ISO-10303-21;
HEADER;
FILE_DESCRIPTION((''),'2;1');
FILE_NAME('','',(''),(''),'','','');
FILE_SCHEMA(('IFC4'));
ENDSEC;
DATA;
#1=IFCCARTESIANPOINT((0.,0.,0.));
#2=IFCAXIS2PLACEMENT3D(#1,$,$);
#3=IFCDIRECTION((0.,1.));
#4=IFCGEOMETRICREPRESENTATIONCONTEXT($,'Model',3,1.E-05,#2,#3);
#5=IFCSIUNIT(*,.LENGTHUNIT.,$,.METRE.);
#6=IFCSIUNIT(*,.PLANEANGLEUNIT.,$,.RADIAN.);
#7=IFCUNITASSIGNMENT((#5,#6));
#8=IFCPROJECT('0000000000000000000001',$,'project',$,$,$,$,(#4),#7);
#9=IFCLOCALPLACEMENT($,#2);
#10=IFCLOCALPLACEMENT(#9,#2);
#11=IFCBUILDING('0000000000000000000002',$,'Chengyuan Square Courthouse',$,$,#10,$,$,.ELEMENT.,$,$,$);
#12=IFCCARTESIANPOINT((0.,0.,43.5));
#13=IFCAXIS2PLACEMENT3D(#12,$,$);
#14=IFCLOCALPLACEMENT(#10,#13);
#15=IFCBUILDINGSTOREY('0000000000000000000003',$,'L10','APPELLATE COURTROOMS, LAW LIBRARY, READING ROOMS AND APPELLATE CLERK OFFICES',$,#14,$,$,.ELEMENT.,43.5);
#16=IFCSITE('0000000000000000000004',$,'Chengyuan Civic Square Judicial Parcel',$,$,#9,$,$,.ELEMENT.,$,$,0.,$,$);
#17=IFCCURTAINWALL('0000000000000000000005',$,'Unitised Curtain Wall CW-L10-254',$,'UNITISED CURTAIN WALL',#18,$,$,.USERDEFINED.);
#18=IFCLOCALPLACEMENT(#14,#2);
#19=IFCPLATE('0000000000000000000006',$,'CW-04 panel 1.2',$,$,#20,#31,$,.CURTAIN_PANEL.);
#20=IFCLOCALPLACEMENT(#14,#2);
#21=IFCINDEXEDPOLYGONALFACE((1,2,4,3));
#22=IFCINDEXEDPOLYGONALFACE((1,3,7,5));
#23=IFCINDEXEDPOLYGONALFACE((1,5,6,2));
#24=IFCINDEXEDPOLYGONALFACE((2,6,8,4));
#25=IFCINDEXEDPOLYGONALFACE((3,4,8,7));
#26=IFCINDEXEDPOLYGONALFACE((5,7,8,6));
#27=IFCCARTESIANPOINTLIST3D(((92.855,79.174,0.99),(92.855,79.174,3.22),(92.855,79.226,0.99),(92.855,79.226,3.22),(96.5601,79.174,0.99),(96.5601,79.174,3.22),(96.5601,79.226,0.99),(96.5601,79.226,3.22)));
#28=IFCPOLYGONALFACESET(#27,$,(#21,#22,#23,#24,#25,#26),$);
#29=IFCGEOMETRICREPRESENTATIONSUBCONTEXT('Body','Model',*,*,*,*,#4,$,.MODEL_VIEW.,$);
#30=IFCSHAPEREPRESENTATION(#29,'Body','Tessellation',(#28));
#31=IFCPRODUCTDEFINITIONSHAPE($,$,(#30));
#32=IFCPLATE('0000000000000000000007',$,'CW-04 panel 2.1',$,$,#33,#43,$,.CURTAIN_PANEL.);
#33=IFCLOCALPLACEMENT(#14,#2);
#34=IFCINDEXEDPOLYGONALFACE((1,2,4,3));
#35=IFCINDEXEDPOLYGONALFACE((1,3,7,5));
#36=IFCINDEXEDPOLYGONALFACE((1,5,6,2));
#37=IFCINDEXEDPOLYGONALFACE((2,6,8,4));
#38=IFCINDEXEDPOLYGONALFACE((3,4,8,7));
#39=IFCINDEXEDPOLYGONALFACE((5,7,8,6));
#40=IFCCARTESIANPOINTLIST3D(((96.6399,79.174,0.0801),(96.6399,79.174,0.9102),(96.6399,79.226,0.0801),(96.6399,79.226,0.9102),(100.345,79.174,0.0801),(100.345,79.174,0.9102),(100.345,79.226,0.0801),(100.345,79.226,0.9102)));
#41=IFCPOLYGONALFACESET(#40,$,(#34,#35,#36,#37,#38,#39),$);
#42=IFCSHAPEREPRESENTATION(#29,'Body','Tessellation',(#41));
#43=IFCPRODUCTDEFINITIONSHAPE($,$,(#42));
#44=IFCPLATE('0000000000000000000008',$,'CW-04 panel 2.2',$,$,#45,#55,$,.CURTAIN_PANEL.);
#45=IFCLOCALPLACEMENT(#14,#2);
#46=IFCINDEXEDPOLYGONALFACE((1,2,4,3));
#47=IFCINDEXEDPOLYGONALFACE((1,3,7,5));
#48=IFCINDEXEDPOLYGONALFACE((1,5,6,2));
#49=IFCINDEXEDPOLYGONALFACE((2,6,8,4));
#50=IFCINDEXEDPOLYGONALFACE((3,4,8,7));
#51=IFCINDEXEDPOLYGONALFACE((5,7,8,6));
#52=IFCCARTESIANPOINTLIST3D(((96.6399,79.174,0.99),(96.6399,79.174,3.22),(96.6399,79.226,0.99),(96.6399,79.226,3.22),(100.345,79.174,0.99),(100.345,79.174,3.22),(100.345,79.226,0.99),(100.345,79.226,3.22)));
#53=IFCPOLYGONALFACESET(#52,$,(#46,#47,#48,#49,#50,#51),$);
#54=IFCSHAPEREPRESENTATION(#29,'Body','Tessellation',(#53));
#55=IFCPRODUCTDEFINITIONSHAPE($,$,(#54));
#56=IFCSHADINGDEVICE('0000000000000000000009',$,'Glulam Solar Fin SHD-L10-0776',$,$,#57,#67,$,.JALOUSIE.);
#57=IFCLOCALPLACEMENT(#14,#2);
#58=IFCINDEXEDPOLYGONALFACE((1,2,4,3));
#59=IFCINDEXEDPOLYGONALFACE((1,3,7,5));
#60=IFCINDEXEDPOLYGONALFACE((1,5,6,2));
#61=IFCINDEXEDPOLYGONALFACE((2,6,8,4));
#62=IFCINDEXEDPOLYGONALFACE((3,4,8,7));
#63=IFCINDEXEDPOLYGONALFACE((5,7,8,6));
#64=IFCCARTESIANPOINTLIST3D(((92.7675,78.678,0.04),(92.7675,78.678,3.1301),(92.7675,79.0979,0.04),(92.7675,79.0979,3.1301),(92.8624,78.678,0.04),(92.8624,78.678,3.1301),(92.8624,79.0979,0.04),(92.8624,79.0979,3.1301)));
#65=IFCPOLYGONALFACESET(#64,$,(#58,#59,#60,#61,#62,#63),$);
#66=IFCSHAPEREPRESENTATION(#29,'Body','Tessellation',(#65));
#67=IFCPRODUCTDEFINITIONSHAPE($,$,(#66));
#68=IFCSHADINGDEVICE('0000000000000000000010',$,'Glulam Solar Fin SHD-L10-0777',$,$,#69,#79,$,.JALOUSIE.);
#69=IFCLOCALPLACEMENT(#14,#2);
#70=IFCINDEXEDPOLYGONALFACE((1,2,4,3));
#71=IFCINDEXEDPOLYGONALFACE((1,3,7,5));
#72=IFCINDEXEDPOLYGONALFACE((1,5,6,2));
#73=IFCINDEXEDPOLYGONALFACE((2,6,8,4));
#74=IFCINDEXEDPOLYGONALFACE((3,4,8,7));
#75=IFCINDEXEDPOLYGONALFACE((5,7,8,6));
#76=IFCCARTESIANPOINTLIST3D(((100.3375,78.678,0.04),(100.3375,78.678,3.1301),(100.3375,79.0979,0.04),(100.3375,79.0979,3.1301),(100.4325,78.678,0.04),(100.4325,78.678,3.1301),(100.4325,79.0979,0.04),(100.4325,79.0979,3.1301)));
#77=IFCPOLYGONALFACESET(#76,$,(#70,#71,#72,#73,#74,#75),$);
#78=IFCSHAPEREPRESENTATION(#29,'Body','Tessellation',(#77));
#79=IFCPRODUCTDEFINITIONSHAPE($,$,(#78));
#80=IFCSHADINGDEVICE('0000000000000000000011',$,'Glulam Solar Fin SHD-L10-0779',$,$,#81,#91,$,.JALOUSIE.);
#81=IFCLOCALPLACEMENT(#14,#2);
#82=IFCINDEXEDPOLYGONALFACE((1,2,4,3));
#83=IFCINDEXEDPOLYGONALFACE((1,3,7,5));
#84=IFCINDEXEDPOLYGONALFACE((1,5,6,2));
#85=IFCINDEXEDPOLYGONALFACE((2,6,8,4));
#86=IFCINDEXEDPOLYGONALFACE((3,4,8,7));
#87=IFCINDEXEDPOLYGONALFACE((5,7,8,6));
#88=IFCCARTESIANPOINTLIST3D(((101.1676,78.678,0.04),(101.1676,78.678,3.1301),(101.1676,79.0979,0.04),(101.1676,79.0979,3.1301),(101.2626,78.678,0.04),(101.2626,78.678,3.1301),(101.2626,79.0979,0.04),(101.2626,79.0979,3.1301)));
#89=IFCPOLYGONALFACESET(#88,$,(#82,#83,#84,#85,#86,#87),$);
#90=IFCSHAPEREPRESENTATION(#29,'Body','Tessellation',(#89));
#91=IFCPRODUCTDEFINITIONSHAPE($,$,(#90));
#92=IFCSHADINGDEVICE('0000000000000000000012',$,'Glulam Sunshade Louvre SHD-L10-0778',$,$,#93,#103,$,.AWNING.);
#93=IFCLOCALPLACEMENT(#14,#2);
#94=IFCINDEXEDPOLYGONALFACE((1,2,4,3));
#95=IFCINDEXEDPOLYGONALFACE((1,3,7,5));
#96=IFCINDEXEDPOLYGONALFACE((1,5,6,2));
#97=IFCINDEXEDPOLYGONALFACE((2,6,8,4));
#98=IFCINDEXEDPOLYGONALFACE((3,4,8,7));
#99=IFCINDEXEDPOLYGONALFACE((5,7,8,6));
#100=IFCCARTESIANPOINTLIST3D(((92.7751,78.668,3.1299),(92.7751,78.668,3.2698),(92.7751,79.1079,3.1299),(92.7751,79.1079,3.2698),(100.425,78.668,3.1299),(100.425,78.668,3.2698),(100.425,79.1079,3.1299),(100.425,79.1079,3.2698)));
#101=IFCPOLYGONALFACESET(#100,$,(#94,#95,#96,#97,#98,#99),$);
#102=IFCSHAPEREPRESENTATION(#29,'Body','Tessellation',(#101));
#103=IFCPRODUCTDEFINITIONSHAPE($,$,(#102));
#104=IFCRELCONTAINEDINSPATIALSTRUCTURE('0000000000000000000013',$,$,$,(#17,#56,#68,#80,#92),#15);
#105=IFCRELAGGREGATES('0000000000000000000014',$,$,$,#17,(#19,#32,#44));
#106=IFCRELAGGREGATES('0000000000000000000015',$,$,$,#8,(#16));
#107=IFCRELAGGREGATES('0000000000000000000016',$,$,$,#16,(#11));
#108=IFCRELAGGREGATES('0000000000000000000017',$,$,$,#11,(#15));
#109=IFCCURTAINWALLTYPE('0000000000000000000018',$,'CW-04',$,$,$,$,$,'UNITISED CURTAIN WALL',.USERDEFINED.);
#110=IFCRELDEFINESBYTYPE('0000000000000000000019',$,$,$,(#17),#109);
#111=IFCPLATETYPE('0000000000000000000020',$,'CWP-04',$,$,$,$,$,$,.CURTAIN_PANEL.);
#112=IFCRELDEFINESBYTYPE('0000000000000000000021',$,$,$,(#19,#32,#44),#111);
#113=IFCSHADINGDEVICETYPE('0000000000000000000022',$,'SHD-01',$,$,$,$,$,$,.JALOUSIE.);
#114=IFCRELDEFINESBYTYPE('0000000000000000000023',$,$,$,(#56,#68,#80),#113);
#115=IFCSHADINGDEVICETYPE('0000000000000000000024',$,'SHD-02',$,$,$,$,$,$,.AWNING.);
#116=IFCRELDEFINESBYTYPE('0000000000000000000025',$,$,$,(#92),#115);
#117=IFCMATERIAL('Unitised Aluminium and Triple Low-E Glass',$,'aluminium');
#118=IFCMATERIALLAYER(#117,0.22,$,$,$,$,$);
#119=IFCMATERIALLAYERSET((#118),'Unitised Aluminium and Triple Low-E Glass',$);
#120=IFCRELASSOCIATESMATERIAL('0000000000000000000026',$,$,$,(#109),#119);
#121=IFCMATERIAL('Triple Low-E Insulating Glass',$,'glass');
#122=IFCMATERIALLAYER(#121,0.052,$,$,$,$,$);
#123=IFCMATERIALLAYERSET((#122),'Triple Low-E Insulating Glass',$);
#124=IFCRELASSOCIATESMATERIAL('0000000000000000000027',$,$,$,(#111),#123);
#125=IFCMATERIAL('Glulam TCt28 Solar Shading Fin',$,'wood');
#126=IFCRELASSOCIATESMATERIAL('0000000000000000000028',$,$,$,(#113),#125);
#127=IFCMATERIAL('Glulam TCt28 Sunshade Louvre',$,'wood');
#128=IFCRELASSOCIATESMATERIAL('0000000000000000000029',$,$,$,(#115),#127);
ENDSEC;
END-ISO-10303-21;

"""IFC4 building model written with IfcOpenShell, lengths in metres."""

from ifc_helpers import new_model, si_unit, direction, frame, origin, origin_2d, place, context, subcontext, project, spatial, rectangle, extrude, material, layer, layer_set, type_object, element, aggregate, save


model = new_model("IFC4")

# Units and contexts
model_context = context("Model", 3, precision=1e-05, world=origin(), true_north=direction((0.0, 1.0)))
body_context = subcontext(model_context, "Body", "Model", "MODEL_VIEW")
ifc_project = project(units=[si_unit("LENGTHUNIT", "METRE"), si_unit("PLANEANGLEUNIT", "RADIAN")], contexts=[model_context])

# Site, building, storey
site_placement = place(None, origin())
site = spatial("IfcSite", under=ifc_project, at=site_placement, Name="Chengyuan Civic Square Judicial Parcel", CompositionType="ELEMENT", RefElevation=0.0)
building_placement = place(site_placement, origin())
building = spatial("IfcBuilding", under=site, at=building_placement, Name="Chengyuan Square Courthouse", CompositionType="ELEMENT")
storey_placement = place(building_placement, frame((0.0, 0.0, 43.5)))
storey = spatial("IfcBuildingStorey", under=building, at=storey_placement, Name="L10", Description="APPELLATE COURTROOMS, LAW LIBRARY, READING ROOMS AND APPELLATE CLERK OFFICES", CompositionType="ELEMENT", Elevation=43.5)

# Curtain wall
ifc_material_1 = material(Name="Unitised Aluminium and Triple Low-E Glass", Category="aluminium")
ifc_layer_1 = layer(ifc_material_1, 0.22)
ifc_layer_set_1 = layer_set([ifc_layer_1], Name="Unitised Aluminium and Triple Low-E Glass")
curtain_wall_type = type_object("IfcCurtainWallType", Name="CW-04", ElementType="UNITISED CURTAIN WALL", PredefinedType="USERDEFINED", material=ifc_layer_set_1)
curtain_wall_1_placement = place(storey_placement, origin())
curtain_wall_1 = element("IfcCurtainWall", 1, at=curtain_wall_1_placement, inside=storey, type_object=curtain_wall_type, Name="Unitised Curtain Wall CW-L10-254", ObjectType="UNITISED CURTAIN WALL", PredefinedType="USERDEFINED")

# Plates
ifc_material_2 = material(Name="Triple Low-E Insulating Glass", Category="glass")
ifc_layer_2 = layer(ifc_material_2, 0.052)
ifc_layer_set_2 = layer_set([ifc_layer_2], Name="Triple Low-E Insulating Glass")
plate_type = type_object("IfcPlateType", Name="CWP-04", PredefinedType="CURTAIN_PANEL", material=ifc_layer_set_2)
plate_1_placement = place(storey_placement, frame((94.7075, 79.2, 0.99), z_axis=(0.0, 0.0, 1.0), x_axis=(1.0, 0.0, 0.0)))
plate_1 = element("IfcPlate", 2, at=plate_1_placement, type_object=plate_type, Name="CW-04 panel 1.2", PredefinedType="CURTAIN_PANEL", context=body_context, shape_type="SweptSolid", body=[
    extrude(rectangle(XDim=3.7051, YDim=0.052, at=origin_2d()), origin(), (0.0, 0.0, 1.0), 2.23),
])
plate_2_placement = place(storey_placement, frame((98.4924, 79.2, 0.0801), z_axis=(0.0, 0.0, 1.0), x_axis=(1.0, 0.0, 0.0)))
plate_2 = element("IfcPlate", 3, at=plate_2_placement, type_object=plate_type, Name="CW-04 panel 2.1", PredefinedType="CURTAIN_PANEL", context=body_context, shape_type="SweptSolid", body=[
    extrude(rectangle(XDim=3.7051, YDim=0.052, at=origin_2d()), origin(), (0.0, 0.0, 1.0), 0.8301),
])
plate_3_placement = place(storey_placement, frame((98.4924, 79.2, 0.99), z_axis=(0.0, 0.0, 1.0), x_axis=(1.0, 0.0, 0.0)))
plate_3 = element("IfcPlate", 4, at=plate_3_placement, type_object=plate_type, Name="CW-04 panel 2.2", PredefinedType="CURTAIN_PANEL", context=body_context, shape_type="SweptSolid", body=[
    extrude(rectangle(XDim=3.7051, YDim=0.052, at=origin_2d()), origin(), (0.0, 0.0, 1.0), 2.23),
])
aggregate(curtain_wall_1, [plate_1, plate_2, plate_3])

# Shading devices
ifc_material_3 = material(Name="Glulam TCt28 Solar Shading Fin", Category="wood")
shading_device_type_1 = type_object("IfcShadingDeviceType", Name="SHD-01", PredefinedType="JALOUSIE", material=ifc_material_3)
for number, where, z_axis, x_axis, name in (
    (5, (92.8149, 78.8879, 0.04), (0.0, 0.0, 1.0), (0.0, 1.0, 0.0), "Glulam Solar Fin SHD-L10-0776"),
    (6, (100.385, 78.8879, 0.04), (0.0, 0.0, 1.0), (0.0, 1.0, 0.0), "Glulam Solar Fin SHD-L10-0777"),
    (7, (101.2151, 78.8879, 0.04), (0.0, 0.0, 1.0), (0.0, 1.0, 0.0), "Glulam Solar Fin SHD-L10-0779"),
):
    element("IfcShadingDevice", number, at=place(storey_placement, frame(where, z_axis=z_axis, x_axis=x_axis)), inside=storey, type_object=shading_device_type_1, Name=name, PredefinedType="JALOUSIE", context=body_context, shape_type="SweptSolid", body=[
        extrude(rectangle(XDim=0.4199, YDim=0.095, at=origin_2d()), origin(), (0.0, 0.0, 1.0), 3.0901),
    ])
ifc_material_4 = material(Name="Glulam TCt28 Sunshade Louvre", Category="wood")
shading_device_type_2 = type_object("IfcShadingDeviceType", Name="SHD-02", PredefinedType="AWNING", material=ifc_material_4)
shading_device_placement = place(storey_placement, frame((96.6001, 78.8879, 3.1299), z_axis=(0.0, 0.0, 1.0), x_axis=(1.0, 0.0, 0.0)))
element("IfcShadingDevice", 8, at=shading_device_placement, inside=storey, type_object=shading_device_type_2, Name="Glulam Sunshade Louvre SHD-L10-0778", PredefinedType="AWNING", context=body_context, shape_type="SweptSolid", body=[
    extrude(rectangle(XDim=7.6499, YDim=0.4399, at=origin_2d()), origin(), (0.0, 0.0, 1.0), 0.1399),
])

save(model, "model.ifc")
